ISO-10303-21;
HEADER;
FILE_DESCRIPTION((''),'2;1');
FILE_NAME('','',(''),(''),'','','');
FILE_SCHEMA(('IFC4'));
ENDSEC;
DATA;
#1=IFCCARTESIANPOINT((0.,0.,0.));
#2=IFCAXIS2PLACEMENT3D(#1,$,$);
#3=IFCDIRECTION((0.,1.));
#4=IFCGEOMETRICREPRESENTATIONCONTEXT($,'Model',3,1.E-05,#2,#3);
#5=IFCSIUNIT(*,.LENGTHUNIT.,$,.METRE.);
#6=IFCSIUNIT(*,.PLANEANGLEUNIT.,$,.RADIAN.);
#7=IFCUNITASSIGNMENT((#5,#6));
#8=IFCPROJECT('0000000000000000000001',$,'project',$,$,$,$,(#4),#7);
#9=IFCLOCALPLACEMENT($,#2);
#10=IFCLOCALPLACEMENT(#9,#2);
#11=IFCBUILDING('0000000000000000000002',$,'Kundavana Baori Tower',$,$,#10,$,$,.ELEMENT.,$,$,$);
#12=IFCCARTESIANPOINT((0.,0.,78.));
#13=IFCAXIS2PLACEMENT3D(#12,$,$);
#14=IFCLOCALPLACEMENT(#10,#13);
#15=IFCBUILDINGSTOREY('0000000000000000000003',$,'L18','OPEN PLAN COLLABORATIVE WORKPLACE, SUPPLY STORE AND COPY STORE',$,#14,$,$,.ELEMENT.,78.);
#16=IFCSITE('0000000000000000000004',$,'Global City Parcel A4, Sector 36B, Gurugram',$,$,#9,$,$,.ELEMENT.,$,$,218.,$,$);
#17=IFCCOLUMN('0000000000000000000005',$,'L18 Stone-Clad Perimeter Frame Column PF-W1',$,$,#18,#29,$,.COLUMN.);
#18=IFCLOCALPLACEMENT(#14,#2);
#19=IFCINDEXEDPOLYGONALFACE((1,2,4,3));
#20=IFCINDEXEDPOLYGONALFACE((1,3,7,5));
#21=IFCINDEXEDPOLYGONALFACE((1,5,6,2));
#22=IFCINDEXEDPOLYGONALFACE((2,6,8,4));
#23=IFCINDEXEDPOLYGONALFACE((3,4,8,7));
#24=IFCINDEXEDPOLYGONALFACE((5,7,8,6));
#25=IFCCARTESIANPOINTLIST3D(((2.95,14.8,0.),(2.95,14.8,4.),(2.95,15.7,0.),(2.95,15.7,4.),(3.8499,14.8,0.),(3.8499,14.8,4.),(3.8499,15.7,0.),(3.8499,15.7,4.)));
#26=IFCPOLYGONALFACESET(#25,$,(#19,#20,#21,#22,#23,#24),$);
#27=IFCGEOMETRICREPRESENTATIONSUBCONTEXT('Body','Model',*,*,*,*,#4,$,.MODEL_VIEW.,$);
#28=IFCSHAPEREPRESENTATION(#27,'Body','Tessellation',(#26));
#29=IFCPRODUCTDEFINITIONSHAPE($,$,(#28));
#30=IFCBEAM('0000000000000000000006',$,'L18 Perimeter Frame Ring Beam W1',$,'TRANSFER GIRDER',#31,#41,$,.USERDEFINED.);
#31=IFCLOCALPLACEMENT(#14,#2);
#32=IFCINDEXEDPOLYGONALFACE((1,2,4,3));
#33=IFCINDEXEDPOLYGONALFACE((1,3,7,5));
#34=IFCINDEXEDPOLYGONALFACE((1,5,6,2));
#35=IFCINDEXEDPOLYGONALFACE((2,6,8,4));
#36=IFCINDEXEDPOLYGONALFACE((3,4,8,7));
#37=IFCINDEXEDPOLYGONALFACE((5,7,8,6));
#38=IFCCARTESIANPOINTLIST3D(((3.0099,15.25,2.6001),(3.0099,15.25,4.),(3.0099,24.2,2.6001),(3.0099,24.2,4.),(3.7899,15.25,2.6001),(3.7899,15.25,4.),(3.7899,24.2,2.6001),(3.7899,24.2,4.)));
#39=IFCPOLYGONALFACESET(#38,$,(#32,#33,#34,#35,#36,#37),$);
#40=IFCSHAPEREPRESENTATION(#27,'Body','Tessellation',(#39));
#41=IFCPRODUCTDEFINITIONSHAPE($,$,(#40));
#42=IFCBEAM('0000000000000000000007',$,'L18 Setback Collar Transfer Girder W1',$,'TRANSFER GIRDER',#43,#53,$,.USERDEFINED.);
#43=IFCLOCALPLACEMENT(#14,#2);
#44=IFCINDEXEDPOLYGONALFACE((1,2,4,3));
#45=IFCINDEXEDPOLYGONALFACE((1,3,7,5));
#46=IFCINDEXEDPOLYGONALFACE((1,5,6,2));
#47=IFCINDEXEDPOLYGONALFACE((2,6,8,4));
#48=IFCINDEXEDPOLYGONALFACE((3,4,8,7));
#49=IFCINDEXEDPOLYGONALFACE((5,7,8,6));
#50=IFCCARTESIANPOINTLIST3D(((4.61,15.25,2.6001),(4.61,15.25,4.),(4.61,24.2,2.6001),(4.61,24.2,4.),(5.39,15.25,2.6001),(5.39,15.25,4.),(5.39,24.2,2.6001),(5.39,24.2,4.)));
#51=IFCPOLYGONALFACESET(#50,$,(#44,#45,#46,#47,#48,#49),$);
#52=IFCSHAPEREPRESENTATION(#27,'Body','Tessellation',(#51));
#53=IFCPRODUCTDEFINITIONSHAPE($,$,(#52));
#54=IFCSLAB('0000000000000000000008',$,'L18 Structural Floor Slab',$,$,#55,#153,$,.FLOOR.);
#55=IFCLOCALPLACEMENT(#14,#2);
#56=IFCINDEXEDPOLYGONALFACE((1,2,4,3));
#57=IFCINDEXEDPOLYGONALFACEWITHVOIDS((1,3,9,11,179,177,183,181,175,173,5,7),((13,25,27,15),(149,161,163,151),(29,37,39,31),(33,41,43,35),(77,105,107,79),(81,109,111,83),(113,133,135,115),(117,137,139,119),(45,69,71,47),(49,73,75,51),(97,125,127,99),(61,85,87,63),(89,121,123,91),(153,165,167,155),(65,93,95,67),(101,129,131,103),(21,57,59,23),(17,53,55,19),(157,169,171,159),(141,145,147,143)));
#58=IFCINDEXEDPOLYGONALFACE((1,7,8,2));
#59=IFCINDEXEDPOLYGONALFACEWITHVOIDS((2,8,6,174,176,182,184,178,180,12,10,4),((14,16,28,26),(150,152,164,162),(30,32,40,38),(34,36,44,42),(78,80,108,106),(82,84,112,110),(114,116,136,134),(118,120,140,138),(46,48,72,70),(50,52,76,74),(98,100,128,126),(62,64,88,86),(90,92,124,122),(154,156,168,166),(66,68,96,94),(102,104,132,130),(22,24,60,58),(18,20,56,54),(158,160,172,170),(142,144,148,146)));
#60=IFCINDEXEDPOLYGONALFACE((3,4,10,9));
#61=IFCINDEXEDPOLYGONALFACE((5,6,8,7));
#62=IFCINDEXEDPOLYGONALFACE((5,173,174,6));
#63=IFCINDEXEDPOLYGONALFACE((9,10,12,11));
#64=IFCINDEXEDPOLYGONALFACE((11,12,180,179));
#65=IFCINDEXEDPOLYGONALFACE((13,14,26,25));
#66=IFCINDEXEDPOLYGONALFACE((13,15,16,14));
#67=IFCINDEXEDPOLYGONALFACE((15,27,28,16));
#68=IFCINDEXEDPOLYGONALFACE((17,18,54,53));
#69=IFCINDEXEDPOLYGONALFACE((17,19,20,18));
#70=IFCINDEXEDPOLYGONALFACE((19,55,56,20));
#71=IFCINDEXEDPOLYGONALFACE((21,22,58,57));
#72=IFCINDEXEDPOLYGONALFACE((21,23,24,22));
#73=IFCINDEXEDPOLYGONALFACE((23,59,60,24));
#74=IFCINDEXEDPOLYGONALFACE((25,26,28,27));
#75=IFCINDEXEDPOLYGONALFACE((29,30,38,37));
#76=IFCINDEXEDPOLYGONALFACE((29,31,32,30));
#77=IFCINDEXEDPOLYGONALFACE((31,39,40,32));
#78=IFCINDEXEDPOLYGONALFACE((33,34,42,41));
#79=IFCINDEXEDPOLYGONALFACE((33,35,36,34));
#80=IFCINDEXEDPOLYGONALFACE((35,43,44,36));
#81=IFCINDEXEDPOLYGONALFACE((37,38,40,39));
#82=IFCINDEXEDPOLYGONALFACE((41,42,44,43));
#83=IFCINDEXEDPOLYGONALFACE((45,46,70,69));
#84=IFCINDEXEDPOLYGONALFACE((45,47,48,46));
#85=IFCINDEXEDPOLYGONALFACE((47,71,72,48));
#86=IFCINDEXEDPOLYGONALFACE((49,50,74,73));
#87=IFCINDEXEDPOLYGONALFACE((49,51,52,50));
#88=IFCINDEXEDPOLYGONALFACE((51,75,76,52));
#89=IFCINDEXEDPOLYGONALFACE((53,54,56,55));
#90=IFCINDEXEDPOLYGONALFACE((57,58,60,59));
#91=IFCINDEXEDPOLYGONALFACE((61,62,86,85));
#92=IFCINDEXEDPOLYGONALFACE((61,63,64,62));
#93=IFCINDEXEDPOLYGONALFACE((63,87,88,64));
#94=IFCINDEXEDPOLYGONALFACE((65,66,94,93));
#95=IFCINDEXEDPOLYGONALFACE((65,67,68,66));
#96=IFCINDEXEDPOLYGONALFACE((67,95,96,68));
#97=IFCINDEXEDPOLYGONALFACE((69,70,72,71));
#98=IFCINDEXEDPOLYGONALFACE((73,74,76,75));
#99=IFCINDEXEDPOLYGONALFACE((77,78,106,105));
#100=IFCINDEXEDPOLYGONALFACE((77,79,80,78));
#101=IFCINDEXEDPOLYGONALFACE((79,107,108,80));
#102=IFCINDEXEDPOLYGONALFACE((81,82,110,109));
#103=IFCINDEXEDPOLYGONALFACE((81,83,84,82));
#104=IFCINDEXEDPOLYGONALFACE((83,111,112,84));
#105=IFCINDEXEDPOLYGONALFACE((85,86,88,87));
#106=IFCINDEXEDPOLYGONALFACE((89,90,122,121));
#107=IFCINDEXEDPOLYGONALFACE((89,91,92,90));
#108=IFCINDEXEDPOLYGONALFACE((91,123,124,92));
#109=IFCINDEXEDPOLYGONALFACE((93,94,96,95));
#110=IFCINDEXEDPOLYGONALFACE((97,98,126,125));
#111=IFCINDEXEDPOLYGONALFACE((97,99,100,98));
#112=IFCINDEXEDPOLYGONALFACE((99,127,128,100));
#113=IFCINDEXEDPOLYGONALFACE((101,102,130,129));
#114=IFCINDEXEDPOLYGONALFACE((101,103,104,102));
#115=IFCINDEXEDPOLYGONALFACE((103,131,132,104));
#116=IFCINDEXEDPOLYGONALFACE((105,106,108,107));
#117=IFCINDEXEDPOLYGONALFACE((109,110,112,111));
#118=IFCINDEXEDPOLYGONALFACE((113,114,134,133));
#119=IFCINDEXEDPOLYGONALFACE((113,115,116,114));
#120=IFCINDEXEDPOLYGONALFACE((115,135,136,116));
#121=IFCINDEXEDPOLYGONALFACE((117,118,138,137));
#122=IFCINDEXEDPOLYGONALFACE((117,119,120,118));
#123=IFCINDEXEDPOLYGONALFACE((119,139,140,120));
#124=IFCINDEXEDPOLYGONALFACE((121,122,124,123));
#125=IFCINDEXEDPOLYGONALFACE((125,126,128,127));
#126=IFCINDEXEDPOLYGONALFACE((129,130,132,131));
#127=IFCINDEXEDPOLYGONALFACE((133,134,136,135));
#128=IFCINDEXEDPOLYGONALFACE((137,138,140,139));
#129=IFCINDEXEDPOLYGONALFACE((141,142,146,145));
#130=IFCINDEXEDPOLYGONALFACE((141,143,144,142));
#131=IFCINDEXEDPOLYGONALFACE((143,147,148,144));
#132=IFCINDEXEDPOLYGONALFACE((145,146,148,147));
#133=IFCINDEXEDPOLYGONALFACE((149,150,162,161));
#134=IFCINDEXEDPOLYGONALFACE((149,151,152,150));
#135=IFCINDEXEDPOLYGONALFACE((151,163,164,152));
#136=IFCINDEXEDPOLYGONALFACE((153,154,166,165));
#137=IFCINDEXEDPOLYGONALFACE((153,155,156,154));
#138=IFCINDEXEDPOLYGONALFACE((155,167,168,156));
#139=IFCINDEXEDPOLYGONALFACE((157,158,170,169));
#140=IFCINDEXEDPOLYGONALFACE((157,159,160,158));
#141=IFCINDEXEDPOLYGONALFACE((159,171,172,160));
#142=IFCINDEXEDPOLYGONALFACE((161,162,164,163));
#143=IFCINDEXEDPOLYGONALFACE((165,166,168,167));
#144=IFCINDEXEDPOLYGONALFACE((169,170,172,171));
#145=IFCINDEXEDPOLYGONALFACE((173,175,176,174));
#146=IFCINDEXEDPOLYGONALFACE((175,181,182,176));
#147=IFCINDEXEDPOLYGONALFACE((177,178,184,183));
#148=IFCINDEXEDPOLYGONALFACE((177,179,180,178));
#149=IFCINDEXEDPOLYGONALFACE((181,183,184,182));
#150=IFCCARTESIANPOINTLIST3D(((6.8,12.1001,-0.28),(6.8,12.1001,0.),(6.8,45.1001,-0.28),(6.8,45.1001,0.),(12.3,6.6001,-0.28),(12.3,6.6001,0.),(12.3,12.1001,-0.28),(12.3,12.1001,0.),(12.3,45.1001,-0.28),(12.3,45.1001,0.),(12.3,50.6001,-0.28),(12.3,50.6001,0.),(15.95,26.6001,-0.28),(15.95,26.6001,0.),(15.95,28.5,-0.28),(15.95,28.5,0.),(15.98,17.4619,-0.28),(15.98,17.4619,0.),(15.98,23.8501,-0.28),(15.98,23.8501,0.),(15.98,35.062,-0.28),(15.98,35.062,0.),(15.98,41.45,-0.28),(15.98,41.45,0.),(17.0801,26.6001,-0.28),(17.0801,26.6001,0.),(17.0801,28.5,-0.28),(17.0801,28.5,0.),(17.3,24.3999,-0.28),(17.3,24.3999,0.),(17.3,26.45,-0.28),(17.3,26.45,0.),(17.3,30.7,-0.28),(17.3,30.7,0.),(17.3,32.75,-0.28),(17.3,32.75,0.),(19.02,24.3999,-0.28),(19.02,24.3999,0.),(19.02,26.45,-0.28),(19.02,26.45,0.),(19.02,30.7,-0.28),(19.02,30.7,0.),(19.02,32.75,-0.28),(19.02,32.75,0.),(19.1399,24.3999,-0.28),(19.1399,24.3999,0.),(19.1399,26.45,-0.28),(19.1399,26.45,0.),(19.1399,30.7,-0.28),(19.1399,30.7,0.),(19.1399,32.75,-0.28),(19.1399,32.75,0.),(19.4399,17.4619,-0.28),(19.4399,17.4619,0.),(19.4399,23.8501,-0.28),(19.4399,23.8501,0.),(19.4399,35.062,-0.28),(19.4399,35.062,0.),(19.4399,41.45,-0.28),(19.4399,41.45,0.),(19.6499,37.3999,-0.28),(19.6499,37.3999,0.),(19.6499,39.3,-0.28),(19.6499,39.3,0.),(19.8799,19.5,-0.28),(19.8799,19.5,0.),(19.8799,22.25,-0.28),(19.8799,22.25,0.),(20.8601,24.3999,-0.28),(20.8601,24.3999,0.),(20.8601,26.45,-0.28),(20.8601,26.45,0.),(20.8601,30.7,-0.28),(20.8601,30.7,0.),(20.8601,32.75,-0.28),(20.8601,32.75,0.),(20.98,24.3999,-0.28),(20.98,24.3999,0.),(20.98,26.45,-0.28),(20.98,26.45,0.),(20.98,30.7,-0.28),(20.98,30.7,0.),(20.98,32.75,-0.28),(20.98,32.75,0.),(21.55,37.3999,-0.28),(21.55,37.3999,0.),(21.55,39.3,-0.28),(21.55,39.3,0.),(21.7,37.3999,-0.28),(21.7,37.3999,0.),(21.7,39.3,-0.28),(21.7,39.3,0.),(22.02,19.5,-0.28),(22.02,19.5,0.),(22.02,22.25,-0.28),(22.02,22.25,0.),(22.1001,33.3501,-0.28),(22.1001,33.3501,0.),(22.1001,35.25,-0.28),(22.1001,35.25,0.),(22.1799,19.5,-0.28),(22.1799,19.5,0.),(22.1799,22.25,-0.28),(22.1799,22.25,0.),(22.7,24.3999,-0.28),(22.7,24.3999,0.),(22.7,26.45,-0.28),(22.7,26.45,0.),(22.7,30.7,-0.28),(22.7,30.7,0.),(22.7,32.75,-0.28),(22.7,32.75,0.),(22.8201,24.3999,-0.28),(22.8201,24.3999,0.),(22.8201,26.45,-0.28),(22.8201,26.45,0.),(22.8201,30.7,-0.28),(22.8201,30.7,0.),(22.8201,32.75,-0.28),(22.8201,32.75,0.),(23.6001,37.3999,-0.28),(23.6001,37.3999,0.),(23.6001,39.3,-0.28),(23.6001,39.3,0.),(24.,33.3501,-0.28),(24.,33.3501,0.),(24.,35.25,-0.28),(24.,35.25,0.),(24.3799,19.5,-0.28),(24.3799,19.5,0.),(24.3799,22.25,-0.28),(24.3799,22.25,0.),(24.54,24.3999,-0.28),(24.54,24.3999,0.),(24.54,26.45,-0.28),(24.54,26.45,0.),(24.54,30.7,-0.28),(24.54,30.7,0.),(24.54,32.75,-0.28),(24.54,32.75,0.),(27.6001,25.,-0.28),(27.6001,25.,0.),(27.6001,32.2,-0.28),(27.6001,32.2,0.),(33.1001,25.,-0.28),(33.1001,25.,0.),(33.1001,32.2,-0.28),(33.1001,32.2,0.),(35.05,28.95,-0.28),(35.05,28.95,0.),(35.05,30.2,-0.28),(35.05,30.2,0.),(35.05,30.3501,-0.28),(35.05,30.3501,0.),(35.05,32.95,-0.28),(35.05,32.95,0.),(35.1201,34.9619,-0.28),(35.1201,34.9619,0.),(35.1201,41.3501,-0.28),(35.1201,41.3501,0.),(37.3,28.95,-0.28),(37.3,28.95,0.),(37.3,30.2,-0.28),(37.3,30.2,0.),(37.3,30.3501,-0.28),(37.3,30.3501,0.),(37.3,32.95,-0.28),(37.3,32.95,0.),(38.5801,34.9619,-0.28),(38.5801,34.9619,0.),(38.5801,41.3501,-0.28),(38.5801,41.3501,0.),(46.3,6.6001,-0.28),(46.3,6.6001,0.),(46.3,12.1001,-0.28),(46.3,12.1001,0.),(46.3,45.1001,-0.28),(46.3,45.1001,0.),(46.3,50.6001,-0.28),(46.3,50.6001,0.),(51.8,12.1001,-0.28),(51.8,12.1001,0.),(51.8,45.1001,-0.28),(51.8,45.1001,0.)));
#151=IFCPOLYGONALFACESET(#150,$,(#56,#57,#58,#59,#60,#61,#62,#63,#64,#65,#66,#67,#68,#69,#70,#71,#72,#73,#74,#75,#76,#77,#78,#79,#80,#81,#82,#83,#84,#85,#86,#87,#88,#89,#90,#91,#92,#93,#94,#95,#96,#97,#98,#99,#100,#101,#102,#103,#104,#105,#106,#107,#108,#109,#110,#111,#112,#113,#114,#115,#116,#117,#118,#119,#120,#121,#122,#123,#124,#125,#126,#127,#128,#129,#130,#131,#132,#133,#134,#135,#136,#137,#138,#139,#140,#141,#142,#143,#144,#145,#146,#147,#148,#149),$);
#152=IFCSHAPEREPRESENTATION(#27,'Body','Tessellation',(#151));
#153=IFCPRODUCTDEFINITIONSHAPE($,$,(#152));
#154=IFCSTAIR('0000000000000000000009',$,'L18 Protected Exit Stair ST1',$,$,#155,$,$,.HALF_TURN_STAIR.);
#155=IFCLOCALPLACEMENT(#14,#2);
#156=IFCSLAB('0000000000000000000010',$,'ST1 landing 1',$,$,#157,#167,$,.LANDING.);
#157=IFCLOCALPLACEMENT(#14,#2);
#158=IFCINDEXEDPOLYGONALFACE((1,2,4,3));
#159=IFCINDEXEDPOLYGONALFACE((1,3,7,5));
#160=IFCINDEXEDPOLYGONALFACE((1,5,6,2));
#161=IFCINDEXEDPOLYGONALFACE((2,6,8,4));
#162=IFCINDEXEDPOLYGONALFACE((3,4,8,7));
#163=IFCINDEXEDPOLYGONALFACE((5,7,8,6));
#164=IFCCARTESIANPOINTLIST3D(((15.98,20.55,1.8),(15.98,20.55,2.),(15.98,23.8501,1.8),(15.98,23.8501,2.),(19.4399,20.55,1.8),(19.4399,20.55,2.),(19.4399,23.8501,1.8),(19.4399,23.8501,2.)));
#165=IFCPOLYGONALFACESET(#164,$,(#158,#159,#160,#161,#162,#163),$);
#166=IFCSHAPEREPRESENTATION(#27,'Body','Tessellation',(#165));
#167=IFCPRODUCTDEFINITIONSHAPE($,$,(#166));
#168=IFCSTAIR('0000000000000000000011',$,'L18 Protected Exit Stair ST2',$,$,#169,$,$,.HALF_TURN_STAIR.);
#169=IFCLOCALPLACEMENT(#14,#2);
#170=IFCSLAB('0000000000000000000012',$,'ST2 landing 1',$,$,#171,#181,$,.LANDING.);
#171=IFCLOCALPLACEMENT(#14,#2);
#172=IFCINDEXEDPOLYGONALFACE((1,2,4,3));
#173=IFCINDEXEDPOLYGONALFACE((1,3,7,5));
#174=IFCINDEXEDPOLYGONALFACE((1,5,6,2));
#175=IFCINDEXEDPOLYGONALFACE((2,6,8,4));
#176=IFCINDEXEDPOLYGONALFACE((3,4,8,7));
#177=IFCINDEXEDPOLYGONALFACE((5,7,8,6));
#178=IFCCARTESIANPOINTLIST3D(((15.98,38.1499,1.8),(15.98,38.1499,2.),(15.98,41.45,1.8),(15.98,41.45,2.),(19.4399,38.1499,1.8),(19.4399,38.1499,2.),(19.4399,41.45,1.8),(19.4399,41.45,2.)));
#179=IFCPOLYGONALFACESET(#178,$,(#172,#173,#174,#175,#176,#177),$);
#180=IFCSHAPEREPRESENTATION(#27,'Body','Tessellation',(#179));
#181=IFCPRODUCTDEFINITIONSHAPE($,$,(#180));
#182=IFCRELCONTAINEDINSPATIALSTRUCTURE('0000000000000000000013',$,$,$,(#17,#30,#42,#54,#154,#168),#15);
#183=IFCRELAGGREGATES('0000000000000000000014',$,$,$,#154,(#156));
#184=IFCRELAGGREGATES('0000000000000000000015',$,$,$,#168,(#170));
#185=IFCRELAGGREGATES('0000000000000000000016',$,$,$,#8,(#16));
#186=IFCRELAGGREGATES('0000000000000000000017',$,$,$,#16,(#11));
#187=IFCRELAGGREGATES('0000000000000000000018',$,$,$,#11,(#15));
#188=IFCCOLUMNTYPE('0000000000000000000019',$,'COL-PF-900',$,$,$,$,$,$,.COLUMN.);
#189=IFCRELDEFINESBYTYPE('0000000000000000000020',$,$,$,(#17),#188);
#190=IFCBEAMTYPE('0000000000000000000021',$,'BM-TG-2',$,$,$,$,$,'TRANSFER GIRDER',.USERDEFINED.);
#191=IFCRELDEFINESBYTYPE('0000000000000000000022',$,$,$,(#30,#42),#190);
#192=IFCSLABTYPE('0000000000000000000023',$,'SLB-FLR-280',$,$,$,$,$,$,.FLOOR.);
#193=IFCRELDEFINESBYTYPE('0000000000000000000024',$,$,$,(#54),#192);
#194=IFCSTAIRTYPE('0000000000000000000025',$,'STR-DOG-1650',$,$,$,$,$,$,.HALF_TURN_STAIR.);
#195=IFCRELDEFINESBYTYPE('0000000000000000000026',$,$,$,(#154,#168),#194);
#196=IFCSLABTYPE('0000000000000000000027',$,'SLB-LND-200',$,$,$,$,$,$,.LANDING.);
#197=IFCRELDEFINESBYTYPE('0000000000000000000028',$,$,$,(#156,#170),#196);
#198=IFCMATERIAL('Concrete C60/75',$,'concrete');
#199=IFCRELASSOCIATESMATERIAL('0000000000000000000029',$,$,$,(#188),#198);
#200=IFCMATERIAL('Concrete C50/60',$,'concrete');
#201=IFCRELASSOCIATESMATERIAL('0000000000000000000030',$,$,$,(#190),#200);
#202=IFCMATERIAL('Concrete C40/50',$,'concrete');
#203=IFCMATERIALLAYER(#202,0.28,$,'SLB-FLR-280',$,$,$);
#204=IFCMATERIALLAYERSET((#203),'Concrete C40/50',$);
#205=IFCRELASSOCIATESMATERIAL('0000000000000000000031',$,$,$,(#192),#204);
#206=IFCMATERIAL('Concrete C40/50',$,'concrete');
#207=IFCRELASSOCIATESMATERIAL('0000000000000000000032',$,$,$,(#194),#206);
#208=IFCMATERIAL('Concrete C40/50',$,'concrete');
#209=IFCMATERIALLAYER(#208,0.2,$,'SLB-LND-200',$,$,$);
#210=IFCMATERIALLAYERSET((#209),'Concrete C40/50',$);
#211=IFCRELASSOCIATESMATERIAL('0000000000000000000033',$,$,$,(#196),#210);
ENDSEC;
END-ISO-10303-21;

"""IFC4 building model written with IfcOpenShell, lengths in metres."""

from ifc_helpers import new_model, si_unit, direction, frame, origin, origin_2d, place, context, subcontext, project, spatial, polyline, rectangle, outline, extrude, material, layer, layer_set, material_profile, profile_set, type_object, element, aggregate, save


model = new_model("IFC4")

# Units and contexts
model_context = context("Model", 3, precision=1e-05, world=origin(), true_north=direction((0.0, 1.0)))
body_context = subcontext(model_context, "Body", "Model", "MODEL_VIEW")
ifc_project = project(units=[si_unit("LENGTHUNIT", "METRE"), si_unit("PLANEANGLEUNIT", "RADIAN")], contexts=[model_context])

# Site, building, storey
site_placement = place(None, origin())
site = spatial("IfcSite", under=ifc_project, at=site_placement, Name="Global City Parcel A4, Sector 36B, Gurugram", CompositionType="ELEMENT", RefElevation=218.0)
building_placement = place(site_placement, origin())
building = spatial("IfcBuilding", under=site, at=building_placement, Name="Kundavana Baori Tower", CompositionType="ELEMENT")
storey_placement = place(building_placement, frame((0.0, 0.0, 78.0)))
storey = spatial("IfcBuildingStorey", under=building, at=storey_placement, Name="L18", Description="OPEN PLAN COLLABORATIVE WORKPLACE, SUPPLY STORE AND COPY STORE", CompositionType="ELEMENT", Elevation=78.0)

# Column
ifc_material_1 = material(Name="Concrete C60/75", Category="concrete")
ifc_material_profile_1 = material_profile(ifc_material_1, rectangle(XDim=0.8999, YDim=0.8999, at=origin_2d()), Name="RC PF 900x900")
ifc_profile_set_1 = profile_set([ifc_material_profile_1], Name="Concrete C60/75")
column_type = type_object("IfcColumnType", Name="COL-PF-900", PredefinedType="COLUMN", material=ifc_profile_set_1)
column_placement = place(storey_placement, frame((3.3999, 15.25, 0.0), z_axis=(0.0, 0.0, 1.0), x_axis=(1.0, 0.0, 0.0)))
element("IfcColumn", 1, at=column_placement, inside=storey, type_object=column_type, Name="L18 Stone-Clad Perimeter Frame Column PF-W1", PredefinedType="COLUMN", context=body_context, shape_type="SweptSolid", body=[
    extrude(rectangle(XDim=0.8999, YDim=0.8999, at=origin_2d()), origin(), (0.0, 0.0, 1.0), 4.0),
])

# Beams
ifc_material_2 = material(Name="Concrete C50/60", Category="concrete")
ifc_material_profile_2 = material_profile(ifc_material_2, rectangle(XDim=0.78, YDim=1.3999, at=origin_2d()), Name="BM-TG-2")
ifc_profile_set_2 = profile_set([ifc_material_profile_2], Name="Concrete C50/60")
beam_type = type_object("IfcBeamType", Name="BM-TG-2", ElementType="TRANSFER GIRDER", PredefinedType="USERDEFINED", material=ifc_profile_set_2)
for number, where, z_axis, x_axis, name in (
    (2, (3.3999, 15.25, 3.3), (0.0, 1.0, 0.0), (-1.0, 0.0, 0.0), "L18 Perimeter Frame Ring Beam W1"),
    (3, (5.0, 15.25, 3.3), (0.0, 1.0, 0.0), (-1.0, 0.0, 0.0), "L18 Setback Collar Transfer Girder W1"),
):
    element("IfcBeam", number, at=place(storey_placement, frame(where, z_axis=z_axis, x_axis=x_axis)), inside=storey, type_object=beam_type, Name=name, ObjectType="TRANSFER GIRDER", PredefinedType="USERDEFINED", context=body_context, shape_type="SweptSolid", body=[
        extrude(rectangle(XDim=0.78, YDim=1.3999, at=origin_2d()), origin(), (0.0, 0.0, 1.0), 8.95),
    ])

# Slab
ifc_material_3 = material(Name="Concrete C40/50", Category="concrete")
ifc_layer_1 = layer(ifc_material_3, 0.28, Name="SLB-FLR-280")
ifc_layer_set_1 = layer_set([ifc_layer_1], Name="Concrete C40/50")
slab_type_1 = type_object("IfcSlabType", Name="SLB-FLR-280", PredefinedType="FLOOR", material=ifc_layer_set_1)
slab_1_placement = place(storey_placement, frame((0.0, 0.0, -0.28)))
element("IfcSlab", 4, at=slab_1_placement, inside=storey, type_object=slab_type_1, Name="L18 Structural Floor Slab", PredefinedType="FLOOR", context=body_context, shape_type="SweptSolid", body=[
    extrude(outline(polyline([(12.3, 6.6001), (46.3, 6.6001), (46.3, 12.1001), (51.8, 12.1001), (51.8, 45.1001), (46.3, 45.1001), (46.3, 50.6001), (12.3, 50.6001), (12.3, 45.1001), (6.8, 45.1001), (6.8, 12.1001), (12.3, 12.1001), (12.3, 6.6001)]), holes=[polyline([(19.4399, 17.4619), (19.4399, 23.8501), (15.98, 23.8501), (15.98, 17.4619), (19.4399, 17.4619)]), polyline([(19.4399, 35.062), (19.4399, 41.45), (15.98, 41.45), (15.98, 35.062), (19.4399, 35.062)]), polyline([(38.5801, 34.9619), (38.5801, 41.3501), (35.1201, 41.3501), (35.1201, 34.9619), (38.5801, 34.9619)]), polyline([(17.3, 24.3999), (19.02, 24.3999), (19.02, 26.45), (17.3, 26.45), (17.3, 24.3999)]), polyline([(19.1399, 24.3999), (20.8601, 24.3999), (20.8601, 26.45), (19.1399, 26.45), (19.1399, 24.3999)]), polyline([(20.98, 24.3999), (22.7, 24.3999), (22.7, 26.45), (20.98, 26.45), (20.98, 24.3999)]), polyline([(22.8201, 24.3999), (24.54, 24.3999), (24.54, 26.45), (22.8201, 26.45), (22.8201, 24.3999)]), polyline([(17.3, 30.7), (19.02, 30.7), (19.02, 32.75), (17.3, 32.75), (17.3, 30.7)]), polyline([(19.1399, 30.7), (20.8601, 30.7), (20.8601, 32.75), (19.1399, 32.75), (19.1399, 30.7)]), polyline([(20.98, 30.7), (22.7, 30.7), (22.7, 32.75), (20.98, 32.75), (20.98, 30.7)]), polyline([(22.8201, 30.7), (24.54, 30.7), (24.54, 32.75), (22.8201, 32.75), (22.8201, 30.7)]), polyline([(19.6499, 37.3999), (21.55, 37.3999), (21.55, 39.3), (19.6499, 39.3), (19.6499, 37.3999)]), polyline([(21.7, 37.3999), (23.6001, 37.3999), (23.6001, 39.3), (21.7, 39.3), (21.7, 37.3999)]), polyline([(22.1001, 33.3501), (24.0, 33.3501), (24.0, 35.25), (22.1001, 35.25), (22.1001, 33.3501)]), polyline([(19.8799, 19.5), (22.02, 19.5), (22.02, 22.25), (19.8799, 22.25), (19.8799, 19.5)]), polyline([(22.1799, 19.5), (24.3799, 19.5), (24.3799, 22.25), (22.1799, 22.25), (22.1799, 19.5)]), polyline([(35.05, 30.3501), (37.3, 30.3501), (37.3, 32.95), (35.05, 32.95), (35.05, 30.3501)]), polyline([(15.95, 26.6001), (17.0801, 26.6001), (17.0801, 28.5), (15.95, 28.5), (15.95, 26.6001)]), polyline([(35.05, 28.95), (37.3, 28.95), (37.3, 30.2), (35.05, 30.2), (35.05, 28.95)]), polyline([(27.6001, 25.0), (33.1001, 25.0), (33.1001, 32.2), (27.6001, 32.2), (27.6001, 25.0)])]), origin(), (0.0, 0.0, 1.0), 0.28),
])

# Stairs, slabs
ifc_material_4 = material(Name="Concrete C40/50", Category="concrete")
stair_type = type_object("IfcStairType", Name="STR-DOG-1650", PredefinedType="HALF_TURN_STAIR", material=ifc_material_4)
stair_1_placement = place(storey_placement, origin())
stair_1 = element("IfcStair", 5, at=stair_1_placement, inside=storey, type_object=stair_type, Name="L18 Protected Exit Stair ST1", PredefinedType="HALF_TURN_STAIR")
ifc_material_5 = material(Name="Concrete C40/50", Category="concrete")
ifc_layer_2 = layer(ifc_material_5, 0.2, Name="SLB-LND-200")
ifc_layer_set_2 = layer_set([ifc_layer_2], Name="Concrete C40/50")
slab_type_2 = type_object("IfcSlabType", Name="SLB-LND-200", PredefinedType="LANDING", material=ifc_layer_set_2)
slab_2_placement = place(storey_placement, frame((0.0, 0.0, 1.8)))
slab_2 = element("IfcSlab", 6, at=slab_2_placement, type_object=slab_type_2, Name="ST1 landing 1", PredefinedType="LANDING", context=body_context, shape_type="SweptSolid", body=[
    extrude(outline(polyline([(19.4399, 20.55), (19.4399, 23.8501), (15.98, 23.8501), (15.98, 20.55), (19.4399, 20.55)])), origin(), (0.0, 0.0, 1.0), 0.2),
])
aggregate(stair_1, [slab_2])
stair_2_placement = place(storey_placement, origin())
stair_2 = element("IfcStair", 7, at=stair_2_placement, inside=storey, type_object=stair_type, Name="L18 Protected Exit Stair ST2", PredefinedType="HALF_TURN_STAIR")
slab_3_placement = place(storey_placement, frame((0.0, 0.0, 1.8)))
slab_3 = element("IfcSlab", 8, at=slab_3_placement, type_object=slab_type_2, Name="ST2 landing 1", PredefinedType="LANDING", context=body_context, shape_type="SweptSolid", body=[
    extrude(outline(polyline([(19.4399, 38.1499), (19.4399, 41.45), (15.98, 41.45), (15.98, 38.1499), (19.4399, 38.1499)])), origin(), (0.0, 0.0, 1.0), 0.2),
])
aggregate(stair_2, [slab_3])

save(model, "model.ifc")
